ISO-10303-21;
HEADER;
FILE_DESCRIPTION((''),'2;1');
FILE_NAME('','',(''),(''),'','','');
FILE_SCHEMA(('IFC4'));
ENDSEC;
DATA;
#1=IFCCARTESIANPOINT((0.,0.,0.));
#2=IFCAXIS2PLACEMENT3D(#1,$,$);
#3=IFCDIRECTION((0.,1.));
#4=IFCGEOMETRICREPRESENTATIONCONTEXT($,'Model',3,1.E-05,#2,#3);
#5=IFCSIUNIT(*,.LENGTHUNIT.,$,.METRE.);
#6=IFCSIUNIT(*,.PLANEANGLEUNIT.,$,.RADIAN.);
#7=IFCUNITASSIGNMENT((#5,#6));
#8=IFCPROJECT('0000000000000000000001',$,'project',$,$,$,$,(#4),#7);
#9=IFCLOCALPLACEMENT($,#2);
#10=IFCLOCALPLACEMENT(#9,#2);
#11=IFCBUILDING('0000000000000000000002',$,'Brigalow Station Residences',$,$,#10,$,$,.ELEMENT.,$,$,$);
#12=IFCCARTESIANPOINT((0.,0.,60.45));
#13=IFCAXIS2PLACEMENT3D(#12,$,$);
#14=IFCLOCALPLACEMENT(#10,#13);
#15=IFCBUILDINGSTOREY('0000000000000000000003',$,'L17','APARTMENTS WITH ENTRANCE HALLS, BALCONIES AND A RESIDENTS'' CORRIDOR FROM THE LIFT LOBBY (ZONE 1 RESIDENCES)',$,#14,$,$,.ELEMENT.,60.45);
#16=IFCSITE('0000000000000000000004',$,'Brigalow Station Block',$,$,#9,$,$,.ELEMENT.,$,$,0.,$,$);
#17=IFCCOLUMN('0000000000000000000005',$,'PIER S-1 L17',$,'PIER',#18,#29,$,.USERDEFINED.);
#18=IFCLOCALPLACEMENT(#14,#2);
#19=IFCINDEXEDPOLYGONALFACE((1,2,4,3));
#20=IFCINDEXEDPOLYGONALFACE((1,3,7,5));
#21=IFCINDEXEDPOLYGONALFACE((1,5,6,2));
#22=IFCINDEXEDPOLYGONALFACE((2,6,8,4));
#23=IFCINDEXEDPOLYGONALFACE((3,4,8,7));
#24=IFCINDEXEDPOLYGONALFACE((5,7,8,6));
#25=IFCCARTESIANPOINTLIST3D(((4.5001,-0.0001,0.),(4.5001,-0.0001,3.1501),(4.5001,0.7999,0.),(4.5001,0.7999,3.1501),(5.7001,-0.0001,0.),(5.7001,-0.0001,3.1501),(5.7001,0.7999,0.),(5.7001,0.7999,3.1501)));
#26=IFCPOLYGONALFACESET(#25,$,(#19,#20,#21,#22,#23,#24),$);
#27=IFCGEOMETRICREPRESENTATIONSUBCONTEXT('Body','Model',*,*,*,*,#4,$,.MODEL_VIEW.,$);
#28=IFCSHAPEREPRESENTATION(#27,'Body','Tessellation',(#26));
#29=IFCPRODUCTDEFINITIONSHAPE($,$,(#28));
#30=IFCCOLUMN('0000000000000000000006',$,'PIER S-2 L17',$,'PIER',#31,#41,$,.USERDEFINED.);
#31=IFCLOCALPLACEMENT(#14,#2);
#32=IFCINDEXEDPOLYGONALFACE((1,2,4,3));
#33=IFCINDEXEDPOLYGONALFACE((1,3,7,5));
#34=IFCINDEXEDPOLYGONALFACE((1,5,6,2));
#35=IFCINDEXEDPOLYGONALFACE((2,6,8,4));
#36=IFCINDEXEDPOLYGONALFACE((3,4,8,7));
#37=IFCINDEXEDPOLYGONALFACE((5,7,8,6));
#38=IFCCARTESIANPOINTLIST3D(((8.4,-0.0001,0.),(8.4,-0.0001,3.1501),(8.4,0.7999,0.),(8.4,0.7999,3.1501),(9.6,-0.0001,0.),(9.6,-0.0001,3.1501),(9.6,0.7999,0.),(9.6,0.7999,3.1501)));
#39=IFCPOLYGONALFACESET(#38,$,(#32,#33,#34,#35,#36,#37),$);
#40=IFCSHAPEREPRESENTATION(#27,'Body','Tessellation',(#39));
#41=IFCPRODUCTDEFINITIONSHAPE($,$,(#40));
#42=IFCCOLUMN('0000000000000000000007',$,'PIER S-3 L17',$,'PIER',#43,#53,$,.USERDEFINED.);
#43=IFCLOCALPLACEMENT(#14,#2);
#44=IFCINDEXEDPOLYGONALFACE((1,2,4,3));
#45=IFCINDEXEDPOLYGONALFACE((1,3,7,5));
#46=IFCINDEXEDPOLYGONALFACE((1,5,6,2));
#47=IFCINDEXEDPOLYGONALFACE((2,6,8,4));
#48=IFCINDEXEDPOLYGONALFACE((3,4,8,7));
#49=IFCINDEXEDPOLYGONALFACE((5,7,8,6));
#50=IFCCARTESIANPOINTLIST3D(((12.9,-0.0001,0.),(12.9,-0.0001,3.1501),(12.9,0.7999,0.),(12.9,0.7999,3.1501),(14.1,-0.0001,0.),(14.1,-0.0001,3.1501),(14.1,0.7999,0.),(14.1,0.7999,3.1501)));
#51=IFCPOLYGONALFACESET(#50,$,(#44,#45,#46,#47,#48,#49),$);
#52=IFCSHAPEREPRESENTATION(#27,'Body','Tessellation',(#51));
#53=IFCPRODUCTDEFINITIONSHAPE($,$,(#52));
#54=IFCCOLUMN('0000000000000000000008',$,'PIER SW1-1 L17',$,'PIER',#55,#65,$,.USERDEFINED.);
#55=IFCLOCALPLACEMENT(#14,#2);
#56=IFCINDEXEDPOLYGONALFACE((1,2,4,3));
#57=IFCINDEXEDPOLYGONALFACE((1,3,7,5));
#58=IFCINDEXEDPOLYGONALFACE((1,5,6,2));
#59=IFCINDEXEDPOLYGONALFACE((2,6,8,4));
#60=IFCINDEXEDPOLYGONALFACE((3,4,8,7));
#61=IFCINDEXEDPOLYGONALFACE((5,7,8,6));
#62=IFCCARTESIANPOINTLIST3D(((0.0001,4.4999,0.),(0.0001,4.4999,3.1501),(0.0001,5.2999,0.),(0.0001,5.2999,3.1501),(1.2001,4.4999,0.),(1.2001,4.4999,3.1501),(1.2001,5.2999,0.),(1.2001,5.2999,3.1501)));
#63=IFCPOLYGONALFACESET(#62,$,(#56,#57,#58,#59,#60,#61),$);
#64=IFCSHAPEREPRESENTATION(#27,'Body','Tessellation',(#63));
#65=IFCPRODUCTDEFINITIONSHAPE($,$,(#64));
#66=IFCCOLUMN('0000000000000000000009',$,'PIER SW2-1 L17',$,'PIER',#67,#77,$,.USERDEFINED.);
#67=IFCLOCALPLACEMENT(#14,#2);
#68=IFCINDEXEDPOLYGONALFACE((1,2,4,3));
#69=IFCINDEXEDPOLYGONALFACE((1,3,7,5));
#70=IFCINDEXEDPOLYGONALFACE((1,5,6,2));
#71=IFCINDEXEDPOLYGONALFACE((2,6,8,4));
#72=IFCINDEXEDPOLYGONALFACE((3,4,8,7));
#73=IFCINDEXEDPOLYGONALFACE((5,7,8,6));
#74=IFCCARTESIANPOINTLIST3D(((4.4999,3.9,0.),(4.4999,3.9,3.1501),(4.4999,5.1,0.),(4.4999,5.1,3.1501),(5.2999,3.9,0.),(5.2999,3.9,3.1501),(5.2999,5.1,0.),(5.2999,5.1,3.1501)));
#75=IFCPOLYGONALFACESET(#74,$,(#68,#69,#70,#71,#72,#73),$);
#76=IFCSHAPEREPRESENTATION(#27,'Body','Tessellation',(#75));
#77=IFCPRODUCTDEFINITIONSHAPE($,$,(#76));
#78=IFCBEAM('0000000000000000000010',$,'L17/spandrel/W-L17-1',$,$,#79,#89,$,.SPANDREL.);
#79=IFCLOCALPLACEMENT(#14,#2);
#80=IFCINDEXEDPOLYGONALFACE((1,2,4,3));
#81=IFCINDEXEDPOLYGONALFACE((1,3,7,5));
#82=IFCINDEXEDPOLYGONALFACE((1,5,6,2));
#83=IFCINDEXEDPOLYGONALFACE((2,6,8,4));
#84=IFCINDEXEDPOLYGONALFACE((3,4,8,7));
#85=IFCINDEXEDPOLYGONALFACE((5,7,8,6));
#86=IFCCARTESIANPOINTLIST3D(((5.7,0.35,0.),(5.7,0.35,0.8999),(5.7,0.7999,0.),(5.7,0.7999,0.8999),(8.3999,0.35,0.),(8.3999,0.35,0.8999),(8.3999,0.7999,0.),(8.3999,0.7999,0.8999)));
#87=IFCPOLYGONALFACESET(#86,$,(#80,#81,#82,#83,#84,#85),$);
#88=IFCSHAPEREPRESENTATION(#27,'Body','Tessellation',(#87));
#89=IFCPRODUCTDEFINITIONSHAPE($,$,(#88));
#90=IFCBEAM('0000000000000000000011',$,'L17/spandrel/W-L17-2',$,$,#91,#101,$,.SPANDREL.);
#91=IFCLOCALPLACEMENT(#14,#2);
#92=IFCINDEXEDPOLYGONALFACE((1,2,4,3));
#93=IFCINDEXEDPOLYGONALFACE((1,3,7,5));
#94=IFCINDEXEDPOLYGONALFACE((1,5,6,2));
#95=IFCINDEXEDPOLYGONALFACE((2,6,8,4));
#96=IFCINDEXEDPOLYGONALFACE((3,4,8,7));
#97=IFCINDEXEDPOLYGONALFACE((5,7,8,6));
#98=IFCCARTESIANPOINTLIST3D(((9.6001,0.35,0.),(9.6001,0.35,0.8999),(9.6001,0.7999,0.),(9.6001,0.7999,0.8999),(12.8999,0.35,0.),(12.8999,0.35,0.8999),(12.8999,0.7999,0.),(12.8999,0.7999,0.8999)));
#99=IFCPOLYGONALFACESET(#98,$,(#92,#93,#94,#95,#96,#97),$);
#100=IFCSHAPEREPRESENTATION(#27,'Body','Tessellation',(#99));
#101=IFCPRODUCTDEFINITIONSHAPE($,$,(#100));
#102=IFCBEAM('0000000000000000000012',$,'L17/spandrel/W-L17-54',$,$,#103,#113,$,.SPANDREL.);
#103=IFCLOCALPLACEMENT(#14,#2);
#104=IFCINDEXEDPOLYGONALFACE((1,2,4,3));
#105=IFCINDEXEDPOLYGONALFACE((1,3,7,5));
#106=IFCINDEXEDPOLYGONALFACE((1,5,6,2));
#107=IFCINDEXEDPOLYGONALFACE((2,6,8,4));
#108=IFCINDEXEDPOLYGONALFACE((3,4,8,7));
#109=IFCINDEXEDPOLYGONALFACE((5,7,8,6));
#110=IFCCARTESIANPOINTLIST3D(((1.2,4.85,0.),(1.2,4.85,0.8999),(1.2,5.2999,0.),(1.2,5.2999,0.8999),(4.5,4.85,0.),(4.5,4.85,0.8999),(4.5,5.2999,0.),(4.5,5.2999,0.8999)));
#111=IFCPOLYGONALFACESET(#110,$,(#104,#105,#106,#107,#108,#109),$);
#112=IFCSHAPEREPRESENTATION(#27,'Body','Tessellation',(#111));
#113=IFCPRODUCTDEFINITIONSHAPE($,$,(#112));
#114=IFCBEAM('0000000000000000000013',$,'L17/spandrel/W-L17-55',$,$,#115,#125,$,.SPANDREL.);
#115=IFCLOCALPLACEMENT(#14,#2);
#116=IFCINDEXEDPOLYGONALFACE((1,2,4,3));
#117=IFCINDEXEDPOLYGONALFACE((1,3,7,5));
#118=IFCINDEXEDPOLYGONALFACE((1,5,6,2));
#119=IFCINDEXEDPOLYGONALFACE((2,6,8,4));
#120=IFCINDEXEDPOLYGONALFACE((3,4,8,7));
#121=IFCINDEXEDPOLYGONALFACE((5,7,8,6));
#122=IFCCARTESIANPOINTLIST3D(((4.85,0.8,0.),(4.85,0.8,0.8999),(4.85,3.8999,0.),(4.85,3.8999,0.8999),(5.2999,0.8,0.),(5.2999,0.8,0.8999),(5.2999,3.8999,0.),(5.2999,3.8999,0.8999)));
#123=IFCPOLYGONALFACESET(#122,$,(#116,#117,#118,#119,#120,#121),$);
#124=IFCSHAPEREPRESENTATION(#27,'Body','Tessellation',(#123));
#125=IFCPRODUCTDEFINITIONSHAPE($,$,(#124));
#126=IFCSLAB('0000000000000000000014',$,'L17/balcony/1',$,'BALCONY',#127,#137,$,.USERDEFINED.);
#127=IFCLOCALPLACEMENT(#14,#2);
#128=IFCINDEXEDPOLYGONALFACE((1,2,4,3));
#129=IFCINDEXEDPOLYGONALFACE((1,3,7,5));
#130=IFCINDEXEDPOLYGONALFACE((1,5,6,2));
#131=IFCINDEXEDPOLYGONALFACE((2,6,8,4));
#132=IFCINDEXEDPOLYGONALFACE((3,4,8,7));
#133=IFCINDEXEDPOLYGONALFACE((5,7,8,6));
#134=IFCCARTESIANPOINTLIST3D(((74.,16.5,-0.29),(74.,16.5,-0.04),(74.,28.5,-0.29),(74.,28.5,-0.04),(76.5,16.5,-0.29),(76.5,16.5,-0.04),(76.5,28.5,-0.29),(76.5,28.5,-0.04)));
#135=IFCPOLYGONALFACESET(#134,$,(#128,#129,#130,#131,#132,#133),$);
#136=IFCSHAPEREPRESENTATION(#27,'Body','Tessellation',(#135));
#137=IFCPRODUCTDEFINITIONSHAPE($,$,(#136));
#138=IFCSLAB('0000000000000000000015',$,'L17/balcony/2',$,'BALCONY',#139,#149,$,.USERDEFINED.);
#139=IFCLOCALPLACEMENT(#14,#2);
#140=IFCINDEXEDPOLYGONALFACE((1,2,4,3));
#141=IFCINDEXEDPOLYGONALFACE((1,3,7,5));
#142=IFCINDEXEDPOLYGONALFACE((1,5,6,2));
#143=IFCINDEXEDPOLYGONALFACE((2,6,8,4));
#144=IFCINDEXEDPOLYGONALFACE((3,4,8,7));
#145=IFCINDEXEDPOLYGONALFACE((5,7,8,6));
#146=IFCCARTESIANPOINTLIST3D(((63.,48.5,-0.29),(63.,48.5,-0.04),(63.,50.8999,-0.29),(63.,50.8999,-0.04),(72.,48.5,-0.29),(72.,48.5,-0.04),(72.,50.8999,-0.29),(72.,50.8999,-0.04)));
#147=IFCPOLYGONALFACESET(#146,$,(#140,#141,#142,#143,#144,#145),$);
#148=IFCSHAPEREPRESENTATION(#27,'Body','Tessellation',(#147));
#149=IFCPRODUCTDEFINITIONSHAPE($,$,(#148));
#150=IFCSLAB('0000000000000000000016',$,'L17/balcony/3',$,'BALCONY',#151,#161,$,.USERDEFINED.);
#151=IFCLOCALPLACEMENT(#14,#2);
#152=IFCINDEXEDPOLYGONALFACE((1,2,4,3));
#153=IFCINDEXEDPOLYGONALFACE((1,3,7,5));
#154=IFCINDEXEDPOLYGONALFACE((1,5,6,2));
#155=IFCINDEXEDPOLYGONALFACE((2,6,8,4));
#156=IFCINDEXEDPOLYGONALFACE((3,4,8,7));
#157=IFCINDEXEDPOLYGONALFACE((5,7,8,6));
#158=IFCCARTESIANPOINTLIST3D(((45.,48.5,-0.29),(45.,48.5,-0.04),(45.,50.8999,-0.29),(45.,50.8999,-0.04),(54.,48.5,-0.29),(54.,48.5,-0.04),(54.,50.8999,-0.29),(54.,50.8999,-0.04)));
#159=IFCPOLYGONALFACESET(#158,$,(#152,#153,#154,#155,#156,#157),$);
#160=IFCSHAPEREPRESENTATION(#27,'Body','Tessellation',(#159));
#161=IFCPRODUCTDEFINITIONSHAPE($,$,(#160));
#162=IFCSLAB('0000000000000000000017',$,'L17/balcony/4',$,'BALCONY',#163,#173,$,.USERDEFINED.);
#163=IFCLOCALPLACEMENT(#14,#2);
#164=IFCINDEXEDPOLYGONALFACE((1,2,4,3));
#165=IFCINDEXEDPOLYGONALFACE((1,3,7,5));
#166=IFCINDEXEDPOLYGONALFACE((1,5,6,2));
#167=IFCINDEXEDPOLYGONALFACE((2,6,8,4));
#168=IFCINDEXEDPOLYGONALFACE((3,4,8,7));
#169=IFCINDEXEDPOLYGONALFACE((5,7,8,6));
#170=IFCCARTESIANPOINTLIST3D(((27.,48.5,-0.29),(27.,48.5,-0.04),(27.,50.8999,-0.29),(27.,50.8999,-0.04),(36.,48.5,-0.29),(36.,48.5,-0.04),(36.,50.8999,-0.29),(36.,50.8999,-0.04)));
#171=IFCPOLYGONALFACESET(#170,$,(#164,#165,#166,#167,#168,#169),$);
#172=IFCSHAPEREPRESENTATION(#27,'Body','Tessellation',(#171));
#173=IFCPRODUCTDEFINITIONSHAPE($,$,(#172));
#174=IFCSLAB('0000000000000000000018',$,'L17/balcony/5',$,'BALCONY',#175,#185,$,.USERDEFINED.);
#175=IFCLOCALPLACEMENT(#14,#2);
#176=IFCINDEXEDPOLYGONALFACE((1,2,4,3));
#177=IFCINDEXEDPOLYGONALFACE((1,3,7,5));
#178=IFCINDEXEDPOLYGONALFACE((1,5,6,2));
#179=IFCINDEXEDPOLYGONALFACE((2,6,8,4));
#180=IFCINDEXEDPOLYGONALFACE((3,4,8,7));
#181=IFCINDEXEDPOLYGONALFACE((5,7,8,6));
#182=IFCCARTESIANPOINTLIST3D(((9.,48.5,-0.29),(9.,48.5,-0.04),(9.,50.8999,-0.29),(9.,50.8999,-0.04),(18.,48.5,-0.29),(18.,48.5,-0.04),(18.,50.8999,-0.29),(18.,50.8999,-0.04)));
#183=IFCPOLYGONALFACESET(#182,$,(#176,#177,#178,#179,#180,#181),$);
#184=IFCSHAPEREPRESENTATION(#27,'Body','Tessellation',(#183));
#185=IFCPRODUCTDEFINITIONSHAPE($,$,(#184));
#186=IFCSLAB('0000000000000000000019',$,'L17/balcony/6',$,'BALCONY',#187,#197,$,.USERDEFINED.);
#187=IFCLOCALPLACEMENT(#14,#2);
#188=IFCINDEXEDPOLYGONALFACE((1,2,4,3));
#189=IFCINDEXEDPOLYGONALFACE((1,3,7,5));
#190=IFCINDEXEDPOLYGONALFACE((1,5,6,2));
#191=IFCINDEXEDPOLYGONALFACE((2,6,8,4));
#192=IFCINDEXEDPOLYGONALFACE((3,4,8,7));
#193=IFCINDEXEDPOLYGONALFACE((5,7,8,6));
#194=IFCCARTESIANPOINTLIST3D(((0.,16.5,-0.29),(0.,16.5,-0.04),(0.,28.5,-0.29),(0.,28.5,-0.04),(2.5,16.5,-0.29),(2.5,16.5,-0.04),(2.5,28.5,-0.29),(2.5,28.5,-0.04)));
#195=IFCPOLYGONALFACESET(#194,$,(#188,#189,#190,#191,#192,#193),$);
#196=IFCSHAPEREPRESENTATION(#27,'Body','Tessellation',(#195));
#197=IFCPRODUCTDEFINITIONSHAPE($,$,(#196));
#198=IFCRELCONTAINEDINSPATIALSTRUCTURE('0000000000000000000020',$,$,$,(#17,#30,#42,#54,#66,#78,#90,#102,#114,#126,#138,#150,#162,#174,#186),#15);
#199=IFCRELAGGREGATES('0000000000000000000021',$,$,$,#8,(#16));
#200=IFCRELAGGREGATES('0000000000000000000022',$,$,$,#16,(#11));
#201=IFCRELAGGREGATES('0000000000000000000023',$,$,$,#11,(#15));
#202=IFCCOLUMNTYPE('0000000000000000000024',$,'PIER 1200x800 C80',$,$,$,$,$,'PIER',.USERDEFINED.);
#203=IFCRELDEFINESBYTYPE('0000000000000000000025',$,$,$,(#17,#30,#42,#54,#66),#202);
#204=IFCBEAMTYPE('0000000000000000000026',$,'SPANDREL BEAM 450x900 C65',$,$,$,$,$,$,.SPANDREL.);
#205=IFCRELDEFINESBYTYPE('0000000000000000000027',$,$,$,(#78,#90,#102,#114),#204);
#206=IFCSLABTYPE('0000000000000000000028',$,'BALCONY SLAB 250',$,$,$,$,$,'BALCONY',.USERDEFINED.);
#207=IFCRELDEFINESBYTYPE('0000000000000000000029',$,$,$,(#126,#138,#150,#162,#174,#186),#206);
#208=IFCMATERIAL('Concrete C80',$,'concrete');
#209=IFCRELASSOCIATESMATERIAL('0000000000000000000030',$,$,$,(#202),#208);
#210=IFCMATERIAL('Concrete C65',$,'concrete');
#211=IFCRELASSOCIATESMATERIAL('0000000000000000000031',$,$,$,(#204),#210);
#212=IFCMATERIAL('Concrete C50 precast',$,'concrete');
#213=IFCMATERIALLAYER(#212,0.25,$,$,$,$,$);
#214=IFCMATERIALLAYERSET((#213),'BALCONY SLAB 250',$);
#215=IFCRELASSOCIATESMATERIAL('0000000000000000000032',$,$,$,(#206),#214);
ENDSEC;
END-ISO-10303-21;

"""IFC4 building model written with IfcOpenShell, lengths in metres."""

from ifc_helpers import new_model, si_unit, direction, frame, origin, origin_2d, place, context, subcontext, project, spatial, polyline, rectangle, outline, extrude, material, layer, layer_set, material_profile, profile_set, type_object, element, save


model = new_model("IFC4")

# Units and contexts
model_context = context("Model", 3, precision=1e-05, world=origin(), true_north=direction((0.0, 1.0)))
body_context = subcontext(model_context, "Body", "Model", "MODEL_VIEW")
ifc_project = project(units=[si_unit("LENGTHUNIT", "METRE"), si_unit("PLANEANGLEUNIT", "RADIAN")], contexts=[model_context])

# Site, building, storey
site_placement = place(None, origin())
site = spatial("IfcSite", under=ifc_project, at=site_placement, Name="Brigalow Station Block", CompositionType="ELEMENT", RefElevation=0.0)
building_placement = place(site_placement, origin())
building = spatial("IfcBuilding", under=site, at=building_placement, Name="Brigalow Station Residences", CompositionType="ELEMENT")
storey_placement = place(building_placement, frame((0.0, 0.0, 60.45)))
storey = spatial("IfcBuildingStorey", under=building, at=storey_placement, Name="L17", Description="APARTMENTS WITH ENTRANCE HALLS, BALCONIES AND A RESIDENTS' CORRIDOR FROM THE LIFT LOBBY (ZONE 1 RESIDENCES)", CompositionType="ELEMENT", Elevation=60.45)

# Columns
ifc_material_1 = material(Name="Concrete C80", Category="concrete")
ifc_material_profile_1 = material_profile(ifc_material_1, rectangle(XDim=1.2, YDim=0.8, at=origin_2d()), Name="RC1200x800")
ifc_profile_set_1 = profile_set([ifc_material_profile_1], Name="Concrete C80")
column_type = type_object("IfcColumnType", Name="PIER 1200x800 C80", ElementType="PIER", PredefinedType="USERDEFINED", material=ifc_profile_set_1)
for number, where, z_axis, x_axis, name in (
    (1, (5.1001, 0.3999, 0.0), (0.0, 0.0, 1.0), (1.0, 0.0, 0.0), "PIER S-1 L17"),
    (2, (9.0, 0.3999, 0.0), (0.0, 0.0, 1.0), (1.0, 0.0, 0.0), "PIER S-2 L17"),
    (3, (13.5, 0.3999, 0.0), (0.0, 0.0, 1.0), (1.0, 0.0, 0.0), "PIER S-3 L17"),
    (4, (0.6001, 4.8999, 0.0), (0.0, 0.0, 1.0), (1.0, 0.0, 0.0), "PIER SW1-1 L17"),
    (5, (4.8999, 4.5, 0.0), (0.0, 0.0, 1.0), (0.0, -1.0, 0.0), "PIER SW2-1 L17"),
):
    element("IfcColumn", number, at=place(storey_placement, frame(where, z_axis=z_axis, x_axis=x_axis)), inside=storey, type_object=column_type, Name=name, ObjectType="PIER", PredefinedType="USERDEFINED", context=body_context, shape_type="SweptSolid", body=[
        extrude(rectangle(XDim=1.2, YDim=0.8, at=origin_2d()), origin(), (0.0, 0.0, 1.0), 3.1501),
    ])

# Beams
ifc_material_2 = material(Name="Concrete C65", Category="concrete")
ifc_material_profile_2 = material_profile(ifc_material_2, rectangle(XDim=0.45, YDim=0.8999, at=origin_2d()), Name="RC450x900")
ifc_profile_set_2 = profile_set([ifc_material_profile_2], Name="Concrete C65")
beam_type = type_object("IfcBeamType", Name="SPANDREL BEAM 450x900 C65", PredefinedType="SPANDREL", material=ifc_profile_set_2)
beam_1_placement = place(storey_placement, frame((5.7, 0.575, 0.45), z_axis=(1.0, 0.0, 0.0), x_axis=(0.0, 1.0, 0.0)))
element("IfcBeam", 6, at=beam_1_placement, inside=storey, type_object=beam_type, Name="L17/spandrel/W-L17-1", PredefinedType="SPANDREL", context=body_context, shape_type="SweptSolid", body=[
    extrude(rectangle(XDim=0.45, YDim=0.8999, at=origin_2d()), origin(), (0.0, 0.0, 1.0), 2.7),
])
beam_2_placement = place(storey_placement, frame((9.6001, 0.575, 0.45), z_axis=(1.0, 0.0, 0.0), x_axis=(0.0, 1.0, 0.0)))
element("IfcBeam", 7, at=beam_2_placement, inside=storey, type_object=beam_type, Name="L17/spandrel/W-L17-2", PredefinedType="SPANDREL", context=body_context, shape_type="SweptSolid", body=[
    extrude(rectangle(XDim=0.45, YDim=0.8999, at=origin_2d()), origin(), (0.0, 0.0, 1.0), 3.2998),
])
beam_3_placement = place(storey_placement, frame((1.2, 5.075, 0.45), z_axis=(1.0, 0.0, 0.0), x_axis=(0.0, 1.0, 0.0)))
element("IfcBeam", 8, at=beam_3_placement, inside=storey, type_object=beam_type, Name="L17/spandrel/W-L17-54", PredefinedType="SPANDREL", context=body_context, shape_type="SweptSolid", body=[
    extrude(rectangle(XDim=0.45, YDim=0.8999, at=origin_2d()), origin(), (0.0, 0.0, 1.0), 3.3),
])
beam_4_placement = place(storey_placement, frame((5.075, 3.8999, 0.45), z_axis=(0.0, -1.0, 0.0), x_axis=(1.0, 0.0, 0.0)))
element("IfcBeam", 9, at=beam_4_placement, inside=storey, type_object=beam_type, Name="L17/spandrel/W-L17-55", PredefinedType="SPANDREL", context=body_context, shape_type="SweptSolid", body=[
    extrude(rectangle(XDim=0.45, YDim=0.8999, at=origin_2d()), origin(), (0.0, 0.0, 1.0), 3.0999),
])

# Slabs
ifc_material_3 = material(Name="Concrete C50 precast", Category="concrete")
ifc_layer_1 = layer(ifc_material_3, 0.25)
ifc_layer_set_1 = layer_set([ifc_layer_1], Name="BALCONY SLAB 250")
slab_type_1 = type_object("IfcSlabType", Name="BALCONY SLAB 250", ElementType="BALCONY", PredefinedType="USERDEFINED", material=ifc_layer_set_1)
slab_1_placement = place(storey_placement, frame((0.0, 0.0, -0.29)))
element("IfcSlab", 10, at=slab_1_placement, inside=storey, type_object=slab_type_1, Name="L17/balcony/1", ObjectType="BALCONY", PredefinedType="USERDEFINED", context=body_context, shape_type="SweptSolid", body=[
    extrude(outline(polyline([(74.0, 16.5), (76.5, 16.5), (76.5, 28.5), (74.0, 28.5), (74.0, 16.5)])), origin(), (0.0, 0.0, 1.0), 0.25),
])
slab_2_placement = place(storey_placement, frame((0.0, 0.0, -0.29)))
element("IfcSlab", 11, at=slab_2_placement, inside=storey, type_object=slab_type_1, Name="L17/balcony/2", ObjectType="BALCONY", PredefinedType="USERDEFINED", context=body_context, shape_type="SweptSolid", body=[
    extrude(outline(polyline([(72.0, 48.5), (72.0, 50.8999), (63.0, 50.8999), (63.0, 48.5), (72.0, 48.5)])), origin(), (0.0, 0.0, 1.0), 0.25),
])
slab_3_placement = place(storey_placement, frame((0.0, 0.0, -0.29)))
element("IfcSlab", 12, at=slab_3_placement, inside=storey, type_object=slab_type_1, Name="L17/balcony/3", ObjectType="BALCONY", PredefinedType="USERDEFINED", context=body_context, shape_type="SweptSolid", body=[
    extrude(outline(polyline([(54.0, 48.5), (54.0, 50.8999), (45.0, 50.8999), (45.0, 48.5), (54.0, 48.5)])), origin(), (0.0, 0.0, 1.0), 0.25),
])
slab_4_placement = place(storey_placement, frame((0.0, 0.0, -0.29)))
element("IfcSlab", 13, at=slab_4_placement, inside=storey, type_object=slab_type_1, Name="L17/balcony/4", ObjectType="BALCONY", PredefinedType="USERDEFINED", context=body_context, shape_type="SweptSolid", body=[
    extrude(outline(polyline([(36.0, 48.5), (36.0, 50.8999), (27.0, 50.8999), (27.0, 48.5), (36.0, 48.5)])), origin(), (0.0, 0.0, 1.0), 0.25),
])
slab_5_placement = place(storey_placement, frame((0.0, 0.0, -0.29)))
element("IfcSlab", 14, at=slab_5_placement, inside=storey, type_object=slab_type_1, Name="L17/balcony/5", ObjectType="BALCONY", PredefinedType="USERDEFINED", context=body_context, shape_type="SweptSolid", body=[
    extrude(outline(polyline([(18.0, 48.5), (18.0, 50.8999), (9.0, 50.8999), (9.0, 48.5), (18.0, 48.5)])), origin(), (0.0, 0.0, 1.0), 0.25),
])
slab_6_placement = place(storey_placement, frame((0.0, 0.0, -0.29)))
element("IfcSlab", 15, at=slab_6_placement, inside=storey, type_object=slab_type_1, Name="L17/balcony/6", ObjectType="BALCONY", PredefinedType="USERDEFINED", context=body_context, shape_type="SweptSolid", body=[
    extrude(outline(polyline([(2.5, 28.5), (0.0, 28.5), (0.0, 16.5), (2.5, 16.5), (2.5, 28.5)])), origin(), (0.0, 0.0, 1.0), 0.25),
])

save(model, "model.ifc")
